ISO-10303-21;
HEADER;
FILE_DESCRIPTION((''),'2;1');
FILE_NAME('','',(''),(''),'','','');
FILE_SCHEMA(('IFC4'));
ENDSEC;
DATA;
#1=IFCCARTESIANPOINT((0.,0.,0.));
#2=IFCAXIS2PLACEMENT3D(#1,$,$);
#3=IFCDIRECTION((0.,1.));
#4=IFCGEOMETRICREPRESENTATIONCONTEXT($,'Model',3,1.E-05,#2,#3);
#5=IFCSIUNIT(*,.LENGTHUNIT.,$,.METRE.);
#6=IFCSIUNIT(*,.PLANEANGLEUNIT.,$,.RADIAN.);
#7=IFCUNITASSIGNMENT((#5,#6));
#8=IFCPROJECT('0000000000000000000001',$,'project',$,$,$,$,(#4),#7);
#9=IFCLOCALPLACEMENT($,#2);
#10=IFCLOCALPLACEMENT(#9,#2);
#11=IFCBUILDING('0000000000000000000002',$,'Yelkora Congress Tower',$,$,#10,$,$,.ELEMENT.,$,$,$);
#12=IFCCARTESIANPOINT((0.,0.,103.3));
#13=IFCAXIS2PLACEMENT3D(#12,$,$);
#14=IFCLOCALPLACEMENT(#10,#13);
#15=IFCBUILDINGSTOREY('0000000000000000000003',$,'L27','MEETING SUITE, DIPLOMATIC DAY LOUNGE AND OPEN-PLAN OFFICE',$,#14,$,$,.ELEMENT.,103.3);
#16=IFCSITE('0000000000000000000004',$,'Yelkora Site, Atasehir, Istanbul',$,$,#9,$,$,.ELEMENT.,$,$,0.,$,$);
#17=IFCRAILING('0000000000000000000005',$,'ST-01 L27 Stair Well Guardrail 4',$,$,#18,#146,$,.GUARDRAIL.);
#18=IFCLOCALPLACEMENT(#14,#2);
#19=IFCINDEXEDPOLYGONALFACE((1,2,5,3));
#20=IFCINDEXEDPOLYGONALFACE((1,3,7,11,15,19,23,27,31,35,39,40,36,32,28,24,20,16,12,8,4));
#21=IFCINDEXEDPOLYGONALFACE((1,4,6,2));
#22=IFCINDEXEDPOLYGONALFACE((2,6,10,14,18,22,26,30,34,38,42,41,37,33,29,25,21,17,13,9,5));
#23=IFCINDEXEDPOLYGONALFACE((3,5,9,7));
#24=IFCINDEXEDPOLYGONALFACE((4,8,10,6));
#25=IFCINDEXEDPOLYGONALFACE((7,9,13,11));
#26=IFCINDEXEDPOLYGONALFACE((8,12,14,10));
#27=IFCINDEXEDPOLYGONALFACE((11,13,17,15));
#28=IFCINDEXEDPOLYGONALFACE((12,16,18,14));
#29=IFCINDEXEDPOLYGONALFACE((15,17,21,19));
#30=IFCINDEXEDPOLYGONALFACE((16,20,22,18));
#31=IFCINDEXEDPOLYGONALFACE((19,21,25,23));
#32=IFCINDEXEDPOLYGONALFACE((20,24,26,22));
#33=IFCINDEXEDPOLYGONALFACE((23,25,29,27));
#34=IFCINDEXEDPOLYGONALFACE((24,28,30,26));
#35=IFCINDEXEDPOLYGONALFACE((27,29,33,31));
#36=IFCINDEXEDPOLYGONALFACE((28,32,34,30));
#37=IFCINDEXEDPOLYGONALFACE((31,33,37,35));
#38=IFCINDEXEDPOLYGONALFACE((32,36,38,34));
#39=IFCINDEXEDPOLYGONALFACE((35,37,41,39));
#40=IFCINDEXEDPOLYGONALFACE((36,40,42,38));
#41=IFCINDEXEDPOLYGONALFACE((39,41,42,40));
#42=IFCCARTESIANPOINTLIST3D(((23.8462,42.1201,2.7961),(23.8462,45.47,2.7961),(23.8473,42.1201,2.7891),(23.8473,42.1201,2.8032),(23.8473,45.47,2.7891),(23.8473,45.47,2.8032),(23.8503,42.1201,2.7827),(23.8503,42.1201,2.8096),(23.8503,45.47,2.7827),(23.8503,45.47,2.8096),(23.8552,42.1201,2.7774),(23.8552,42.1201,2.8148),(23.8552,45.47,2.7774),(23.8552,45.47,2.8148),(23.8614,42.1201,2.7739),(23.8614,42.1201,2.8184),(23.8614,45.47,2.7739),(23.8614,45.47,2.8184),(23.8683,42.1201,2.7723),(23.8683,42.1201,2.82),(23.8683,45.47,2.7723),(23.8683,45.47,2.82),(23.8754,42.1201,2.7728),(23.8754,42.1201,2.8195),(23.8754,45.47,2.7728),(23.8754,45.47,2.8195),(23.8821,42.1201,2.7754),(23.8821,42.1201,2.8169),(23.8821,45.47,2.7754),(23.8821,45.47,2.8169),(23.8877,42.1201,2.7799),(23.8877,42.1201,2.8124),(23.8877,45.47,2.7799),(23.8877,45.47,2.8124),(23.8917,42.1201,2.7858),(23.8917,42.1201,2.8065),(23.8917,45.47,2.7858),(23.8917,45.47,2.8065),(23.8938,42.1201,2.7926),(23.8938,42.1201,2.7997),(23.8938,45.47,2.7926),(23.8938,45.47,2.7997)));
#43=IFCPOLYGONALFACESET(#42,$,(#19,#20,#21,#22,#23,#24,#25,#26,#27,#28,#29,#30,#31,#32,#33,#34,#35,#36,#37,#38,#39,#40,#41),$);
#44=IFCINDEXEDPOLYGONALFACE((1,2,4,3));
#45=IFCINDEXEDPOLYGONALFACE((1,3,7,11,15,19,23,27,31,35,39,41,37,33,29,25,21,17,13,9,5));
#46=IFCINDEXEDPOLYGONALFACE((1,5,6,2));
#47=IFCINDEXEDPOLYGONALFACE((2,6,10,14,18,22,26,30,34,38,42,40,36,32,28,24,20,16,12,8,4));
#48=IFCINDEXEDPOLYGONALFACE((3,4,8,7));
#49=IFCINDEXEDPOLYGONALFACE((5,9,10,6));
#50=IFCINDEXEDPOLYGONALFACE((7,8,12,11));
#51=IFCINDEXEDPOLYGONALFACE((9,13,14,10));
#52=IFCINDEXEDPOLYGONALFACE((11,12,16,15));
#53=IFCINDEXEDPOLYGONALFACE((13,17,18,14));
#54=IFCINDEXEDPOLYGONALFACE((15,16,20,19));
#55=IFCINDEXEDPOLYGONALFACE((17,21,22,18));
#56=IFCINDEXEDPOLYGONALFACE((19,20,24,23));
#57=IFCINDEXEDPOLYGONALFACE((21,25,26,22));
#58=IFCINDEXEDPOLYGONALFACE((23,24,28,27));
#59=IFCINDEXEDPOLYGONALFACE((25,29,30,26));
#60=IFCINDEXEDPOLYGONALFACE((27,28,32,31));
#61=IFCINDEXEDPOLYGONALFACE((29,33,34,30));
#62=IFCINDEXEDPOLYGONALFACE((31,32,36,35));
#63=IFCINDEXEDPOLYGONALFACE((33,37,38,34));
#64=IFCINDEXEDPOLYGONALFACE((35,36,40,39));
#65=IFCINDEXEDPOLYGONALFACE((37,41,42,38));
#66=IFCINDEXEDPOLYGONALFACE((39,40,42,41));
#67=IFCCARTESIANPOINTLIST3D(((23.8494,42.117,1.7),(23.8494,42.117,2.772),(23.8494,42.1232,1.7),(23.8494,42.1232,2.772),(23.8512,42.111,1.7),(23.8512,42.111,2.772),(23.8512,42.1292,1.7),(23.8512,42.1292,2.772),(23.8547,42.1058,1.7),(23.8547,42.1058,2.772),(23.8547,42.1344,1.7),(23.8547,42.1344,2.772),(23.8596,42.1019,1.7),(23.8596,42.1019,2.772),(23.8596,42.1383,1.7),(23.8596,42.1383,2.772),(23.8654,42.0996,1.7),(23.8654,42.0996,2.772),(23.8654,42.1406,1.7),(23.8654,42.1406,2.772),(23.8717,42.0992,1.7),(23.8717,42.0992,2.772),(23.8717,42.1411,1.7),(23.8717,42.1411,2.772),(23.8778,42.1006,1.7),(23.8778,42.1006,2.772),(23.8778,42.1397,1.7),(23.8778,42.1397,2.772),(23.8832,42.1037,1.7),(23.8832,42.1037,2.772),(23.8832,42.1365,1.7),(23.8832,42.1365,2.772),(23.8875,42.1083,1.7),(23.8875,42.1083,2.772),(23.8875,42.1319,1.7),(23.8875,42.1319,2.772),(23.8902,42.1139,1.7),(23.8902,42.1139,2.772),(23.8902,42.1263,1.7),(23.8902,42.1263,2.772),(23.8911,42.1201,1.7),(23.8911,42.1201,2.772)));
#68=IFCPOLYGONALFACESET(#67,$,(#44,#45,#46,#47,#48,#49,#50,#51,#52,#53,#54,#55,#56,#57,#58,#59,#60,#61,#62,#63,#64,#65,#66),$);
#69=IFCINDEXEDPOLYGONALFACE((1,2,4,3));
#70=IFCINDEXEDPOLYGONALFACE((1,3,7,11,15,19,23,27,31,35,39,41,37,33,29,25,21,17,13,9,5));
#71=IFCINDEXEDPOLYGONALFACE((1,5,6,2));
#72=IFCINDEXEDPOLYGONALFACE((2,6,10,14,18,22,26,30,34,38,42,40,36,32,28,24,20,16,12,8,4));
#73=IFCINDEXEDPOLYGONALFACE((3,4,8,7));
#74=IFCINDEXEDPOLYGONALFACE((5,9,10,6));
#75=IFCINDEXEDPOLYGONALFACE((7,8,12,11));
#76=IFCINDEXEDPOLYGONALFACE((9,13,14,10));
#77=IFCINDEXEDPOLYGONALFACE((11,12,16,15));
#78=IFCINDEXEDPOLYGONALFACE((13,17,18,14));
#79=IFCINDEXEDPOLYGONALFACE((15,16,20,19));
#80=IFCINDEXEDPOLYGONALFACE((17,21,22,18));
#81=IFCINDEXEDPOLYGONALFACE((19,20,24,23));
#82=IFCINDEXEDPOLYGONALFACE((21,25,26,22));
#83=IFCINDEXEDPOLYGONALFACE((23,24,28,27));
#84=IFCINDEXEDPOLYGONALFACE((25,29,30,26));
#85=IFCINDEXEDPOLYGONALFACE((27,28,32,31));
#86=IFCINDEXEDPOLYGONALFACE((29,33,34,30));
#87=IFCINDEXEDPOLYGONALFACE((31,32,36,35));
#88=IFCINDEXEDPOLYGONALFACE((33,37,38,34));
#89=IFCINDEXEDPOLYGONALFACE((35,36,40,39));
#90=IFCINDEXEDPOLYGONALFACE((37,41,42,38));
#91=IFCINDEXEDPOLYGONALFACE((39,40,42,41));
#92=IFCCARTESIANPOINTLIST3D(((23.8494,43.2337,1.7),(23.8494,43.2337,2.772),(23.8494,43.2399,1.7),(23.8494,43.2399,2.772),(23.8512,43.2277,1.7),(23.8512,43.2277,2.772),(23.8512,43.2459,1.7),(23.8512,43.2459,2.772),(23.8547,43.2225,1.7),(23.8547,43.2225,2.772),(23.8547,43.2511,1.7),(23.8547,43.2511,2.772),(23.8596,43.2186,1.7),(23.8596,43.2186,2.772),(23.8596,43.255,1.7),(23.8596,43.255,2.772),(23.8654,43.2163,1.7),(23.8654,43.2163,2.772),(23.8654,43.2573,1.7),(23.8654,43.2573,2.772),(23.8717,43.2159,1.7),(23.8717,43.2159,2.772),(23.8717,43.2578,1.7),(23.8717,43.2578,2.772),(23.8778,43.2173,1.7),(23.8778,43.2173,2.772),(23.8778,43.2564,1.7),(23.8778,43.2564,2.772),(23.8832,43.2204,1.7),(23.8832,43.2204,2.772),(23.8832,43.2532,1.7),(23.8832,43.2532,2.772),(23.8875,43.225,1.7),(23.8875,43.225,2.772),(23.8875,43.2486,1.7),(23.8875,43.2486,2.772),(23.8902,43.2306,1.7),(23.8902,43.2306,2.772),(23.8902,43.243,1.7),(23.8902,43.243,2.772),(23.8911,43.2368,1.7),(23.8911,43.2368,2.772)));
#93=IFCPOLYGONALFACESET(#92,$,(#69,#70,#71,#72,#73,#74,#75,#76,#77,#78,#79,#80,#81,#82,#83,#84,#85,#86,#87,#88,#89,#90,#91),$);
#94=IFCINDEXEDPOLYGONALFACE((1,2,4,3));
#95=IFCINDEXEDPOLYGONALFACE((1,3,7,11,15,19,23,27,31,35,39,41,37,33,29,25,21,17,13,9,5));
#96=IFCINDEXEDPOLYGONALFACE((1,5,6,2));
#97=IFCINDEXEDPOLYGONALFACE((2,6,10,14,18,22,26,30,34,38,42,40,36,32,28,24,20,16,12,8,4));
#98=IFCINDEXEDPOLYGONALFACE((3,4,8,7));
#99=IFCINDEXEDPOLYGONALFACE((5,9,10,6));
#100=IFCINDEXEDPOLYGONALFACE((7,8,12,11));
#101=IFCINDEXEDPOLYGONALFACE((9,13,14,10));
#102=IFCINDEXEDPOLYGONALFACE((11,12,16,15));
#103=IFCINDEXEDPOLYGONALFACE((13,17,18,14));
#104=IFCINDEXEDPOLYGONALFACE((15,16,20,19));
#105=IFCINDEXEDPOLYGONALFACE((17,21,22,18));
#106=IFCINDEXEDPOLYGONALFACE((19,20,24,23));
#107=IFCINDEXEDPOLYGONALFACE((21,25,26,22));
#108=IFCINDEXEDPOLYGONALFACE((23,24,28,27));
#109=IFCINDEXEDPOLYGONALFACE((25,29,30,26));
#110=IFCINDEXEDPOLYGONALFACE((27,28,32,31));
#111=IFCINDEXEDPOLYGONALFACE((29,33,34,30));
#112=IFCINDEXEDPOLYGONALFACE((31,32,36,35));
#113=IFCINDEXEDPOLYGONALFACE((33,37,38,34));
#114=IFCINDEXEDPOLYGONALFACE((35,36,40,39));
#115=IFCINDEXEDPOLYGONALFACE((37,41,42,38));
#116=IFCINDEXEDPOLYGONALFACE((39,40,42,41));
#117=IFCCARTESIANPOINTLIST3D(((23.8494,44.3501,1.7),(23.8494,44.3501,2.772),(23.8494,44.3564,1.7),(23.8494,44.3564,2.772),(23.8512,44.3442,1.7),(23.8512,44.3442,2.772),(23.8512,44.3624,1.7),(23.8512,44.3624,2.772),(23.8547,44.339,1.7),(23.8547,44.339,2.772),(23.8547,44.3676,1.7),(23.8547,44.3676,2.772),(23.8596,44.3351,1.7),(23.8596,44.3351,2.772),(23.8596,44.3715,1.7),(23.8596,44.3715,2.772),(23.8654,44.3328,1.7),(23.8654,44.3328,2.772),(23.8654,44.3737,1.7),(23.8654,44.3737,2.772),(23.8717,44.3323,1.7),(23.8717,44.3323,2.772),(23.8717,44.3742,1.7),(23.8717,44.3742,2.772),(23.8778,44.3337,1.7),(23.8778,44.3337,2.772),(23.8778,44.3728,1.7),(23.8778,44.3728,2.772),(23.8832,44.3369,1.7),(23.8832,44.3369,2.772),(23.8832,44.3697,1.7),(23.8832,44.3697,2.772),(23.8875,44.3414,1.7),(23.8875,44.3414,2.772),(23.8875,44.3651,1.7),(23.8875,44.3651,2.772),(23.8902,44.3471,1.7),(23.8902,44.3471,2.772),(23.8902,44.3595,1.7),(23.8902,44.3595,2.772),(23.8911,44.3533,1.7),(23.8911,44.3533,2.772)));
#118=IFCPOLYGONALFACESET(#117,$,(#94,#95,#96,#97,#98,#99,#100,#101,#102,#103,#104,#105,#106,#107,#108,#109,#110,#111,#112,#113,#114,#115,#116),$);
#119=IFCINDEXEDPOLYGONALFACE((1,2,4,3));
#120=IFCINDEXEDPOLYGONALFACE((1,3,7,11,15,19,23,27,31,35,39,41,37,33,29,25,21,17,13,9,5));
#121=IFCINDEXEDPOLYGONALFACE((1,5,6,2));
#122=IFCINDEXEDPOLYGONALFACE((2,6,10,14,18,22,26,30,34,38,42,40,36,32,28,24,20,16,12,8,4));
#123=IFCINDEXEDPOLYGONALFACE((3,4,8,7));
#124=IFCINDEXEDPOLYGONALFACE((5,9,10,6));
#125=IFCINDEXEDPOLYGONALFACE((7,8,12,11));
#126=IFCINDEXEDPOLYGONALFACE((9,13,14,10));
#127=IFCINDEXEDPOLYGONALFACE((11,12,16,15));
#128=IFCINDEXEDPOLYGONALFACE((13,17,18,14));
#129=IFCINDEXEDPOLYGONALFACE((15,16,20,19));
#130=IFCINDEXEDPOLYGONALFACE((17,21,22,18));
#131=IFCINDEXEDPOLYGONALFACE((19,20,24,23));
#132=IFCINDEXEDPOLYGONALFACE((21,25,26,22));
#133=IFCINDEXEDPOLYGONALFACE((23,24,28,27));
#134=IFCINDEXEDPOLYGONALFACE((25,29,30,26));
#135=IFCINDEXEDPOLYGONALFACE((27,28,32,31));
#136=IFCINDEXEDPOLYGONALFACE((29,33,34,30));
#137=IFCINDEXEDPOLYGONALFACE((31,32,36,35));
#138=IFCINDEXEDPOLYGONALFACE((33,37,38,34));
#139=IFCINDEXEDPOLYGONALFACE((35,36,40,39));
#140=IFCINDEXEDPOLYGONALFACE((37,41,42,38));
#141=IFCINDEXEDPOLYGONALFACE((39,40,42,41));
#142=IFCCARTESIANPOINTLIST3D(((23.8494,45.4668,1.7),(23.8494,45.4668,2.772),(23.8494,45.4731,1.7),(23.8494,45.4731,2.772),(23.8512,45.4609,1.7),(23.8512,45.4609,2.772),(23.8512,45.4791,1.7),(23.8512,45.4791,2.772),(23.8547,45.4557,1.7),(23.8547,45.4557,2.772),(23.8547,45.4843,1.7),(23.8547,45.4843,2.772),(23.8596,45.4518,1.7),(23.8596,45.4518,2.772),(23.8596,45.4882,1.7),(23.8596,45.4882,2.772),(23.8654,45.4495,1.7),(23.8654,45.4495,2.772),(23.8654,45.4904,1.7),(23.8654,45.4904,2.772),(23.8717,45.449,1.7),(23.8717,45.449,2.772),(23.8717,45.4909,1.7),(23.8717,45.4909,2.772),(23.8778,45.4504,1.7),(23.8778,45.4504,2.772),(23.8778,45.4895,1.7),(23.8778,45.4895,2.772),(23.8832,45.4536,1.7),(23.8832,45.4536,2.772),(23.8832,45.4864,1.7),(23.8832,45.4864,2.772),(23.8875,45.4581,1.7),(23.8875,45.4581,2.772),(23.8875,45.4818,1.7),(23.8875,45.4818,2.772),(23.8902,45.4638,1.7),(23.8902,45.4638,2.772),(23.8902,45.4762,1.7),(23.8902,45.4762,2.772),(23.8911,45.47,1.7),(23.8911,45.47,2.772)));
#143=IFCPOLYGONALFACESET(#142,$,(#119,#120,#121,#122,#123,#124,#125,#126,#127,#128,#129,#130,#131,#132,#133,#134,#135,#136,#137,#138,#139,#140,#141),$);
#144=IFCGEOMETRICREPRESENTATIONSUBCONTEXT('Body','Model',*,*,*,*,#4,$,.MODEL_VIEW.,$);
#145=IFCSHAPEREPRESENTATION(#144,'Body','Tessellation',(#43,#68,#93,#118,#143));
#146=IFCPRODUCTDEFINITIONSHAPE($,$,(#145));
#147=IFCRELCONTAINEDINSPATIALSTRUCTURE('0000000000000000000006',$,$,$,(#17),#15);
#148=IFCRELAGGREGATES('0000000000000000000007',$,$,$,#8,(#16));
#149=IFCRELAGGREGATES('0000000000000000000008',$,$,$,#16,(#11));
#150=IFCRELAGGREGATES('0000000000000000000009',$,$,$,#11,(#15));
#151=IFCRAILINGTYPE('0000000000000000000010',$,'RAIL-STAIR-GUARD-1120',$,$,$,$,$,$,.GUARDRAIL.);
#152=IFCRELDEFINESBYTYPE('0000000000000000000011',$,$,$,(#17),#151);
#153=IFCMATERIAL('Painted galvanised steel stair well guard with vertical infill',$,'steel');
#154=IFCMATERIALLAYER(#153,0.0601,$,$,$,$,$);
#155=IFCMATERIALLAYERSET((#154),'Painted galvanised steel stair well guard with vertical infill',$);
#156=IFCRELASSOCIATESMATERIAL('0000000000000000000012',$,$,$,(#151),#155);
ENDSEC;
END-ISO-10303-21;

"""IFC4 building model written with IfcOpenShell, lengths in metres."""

from ifc_helpers import new_model, si_unit, direction, frame, origin, origin_2d, place, context, subcontext, project, spatial, circle, extrude, material, layer, layer_set, type_object, element, save


model = new_model("IFC4")

# Units and contexts
model_context = context("Model", 3, precision=1e-05, world=origin(), true_north=direction((0.0, 1.0)))
body_context = subcontext(model_context, "Body", "Model", "MODEL_VIEW")
ifc_project = project(units=[si_unit("LENGTHUNIT", "METRE"), si_unit("PLANEANGLEUNIT", "RADIAN")], contexts=[model_context])

# Site, building, storey
site_placement = place(None, origin())
site = spatial("IfcSite", under=ifc_project, at=site_placement, Name="Yelkora Site, Atasehir, Istanbul", CompositionType="ELEMENT", RefElevation=0.0)
building_placement = place(site_placement, origin())
building = spatial("IfcBuilding", under=site, at=building_placement, Name="Yelkora Congress Tower", CompositionType="ELEMENT")
storey_placement = place(building_placement, frame((0.0, 0.0, 103.3)))
storey = spatial("IfcBuildingStorey", under=building, at=storey_placement, Name="L27", Description="MEETING SUITE, DIPLOMATIC DAY LOUNGE AND OPEN-PLAN OFFICE", CompositionType="ELEMENT", Elevation=103.3)

# Railing
ifc_material_1 = material(Name="Painted galvanised steel stair well guard with vertical infill", Category="steel")
ifc_layer_1 = layer(ifc_material_1, 0.0601)
ifc_layer_set_1 = layer_set([ifc_layer_1], Name="Painted galvanised steel stair well guard with vertical infill")
railing_type_1 = type_object("IfcRailingType", Name="RAIL-STAIR-GUARD-1120", PredefinedType="GUARDRAIL", material=ifc_layer_set_1)
railing_1_placement = place(storey_placement, frame((23.8701, 42.1201, 1.7)))
element("IfcRailing", 1, at=railing_1_placement, inside=storey, type_object=railing_type_1, Name="ST-01 L27 Stair Well Guardrail 4", PredefinedType="GUARDRAIL", context=body_context, shape_type="SweptSolid", body=[
    extrude(circle(Radius=0.0239, at=origin_2d()), frame((0.0, 0.0, 1.0962), z_axis=(0.0, 1.0, 0.0), x_axis=(-1.0, 0.0, 0.0)), (0.0, 0.0, 1.0), 3.3499),
    extrude(circle(Radius=0.021, at=origin_2d()), origin(), (0.0, 0.0, 1.0), 1.072),
    extrude(circle(Radius=0.021, at=origin_2d()), frame((0.0, 1.1167, 0.0)), (0.0, 0.0, 1.0), 1.072),
    extrude(circle(Radius=0.021, at=origin_2d()), frame((0.0, 2.2332, 0.0)), (0.0, 0.0, 1.0), 1.072),
    extrude(circle(Radius=0.021, at=origin_2d()), frame((0.0, 3.3499, 0.0)), (0.0, 0.0, 1.0), 1.072),
])

save(model, "model.ifc")
